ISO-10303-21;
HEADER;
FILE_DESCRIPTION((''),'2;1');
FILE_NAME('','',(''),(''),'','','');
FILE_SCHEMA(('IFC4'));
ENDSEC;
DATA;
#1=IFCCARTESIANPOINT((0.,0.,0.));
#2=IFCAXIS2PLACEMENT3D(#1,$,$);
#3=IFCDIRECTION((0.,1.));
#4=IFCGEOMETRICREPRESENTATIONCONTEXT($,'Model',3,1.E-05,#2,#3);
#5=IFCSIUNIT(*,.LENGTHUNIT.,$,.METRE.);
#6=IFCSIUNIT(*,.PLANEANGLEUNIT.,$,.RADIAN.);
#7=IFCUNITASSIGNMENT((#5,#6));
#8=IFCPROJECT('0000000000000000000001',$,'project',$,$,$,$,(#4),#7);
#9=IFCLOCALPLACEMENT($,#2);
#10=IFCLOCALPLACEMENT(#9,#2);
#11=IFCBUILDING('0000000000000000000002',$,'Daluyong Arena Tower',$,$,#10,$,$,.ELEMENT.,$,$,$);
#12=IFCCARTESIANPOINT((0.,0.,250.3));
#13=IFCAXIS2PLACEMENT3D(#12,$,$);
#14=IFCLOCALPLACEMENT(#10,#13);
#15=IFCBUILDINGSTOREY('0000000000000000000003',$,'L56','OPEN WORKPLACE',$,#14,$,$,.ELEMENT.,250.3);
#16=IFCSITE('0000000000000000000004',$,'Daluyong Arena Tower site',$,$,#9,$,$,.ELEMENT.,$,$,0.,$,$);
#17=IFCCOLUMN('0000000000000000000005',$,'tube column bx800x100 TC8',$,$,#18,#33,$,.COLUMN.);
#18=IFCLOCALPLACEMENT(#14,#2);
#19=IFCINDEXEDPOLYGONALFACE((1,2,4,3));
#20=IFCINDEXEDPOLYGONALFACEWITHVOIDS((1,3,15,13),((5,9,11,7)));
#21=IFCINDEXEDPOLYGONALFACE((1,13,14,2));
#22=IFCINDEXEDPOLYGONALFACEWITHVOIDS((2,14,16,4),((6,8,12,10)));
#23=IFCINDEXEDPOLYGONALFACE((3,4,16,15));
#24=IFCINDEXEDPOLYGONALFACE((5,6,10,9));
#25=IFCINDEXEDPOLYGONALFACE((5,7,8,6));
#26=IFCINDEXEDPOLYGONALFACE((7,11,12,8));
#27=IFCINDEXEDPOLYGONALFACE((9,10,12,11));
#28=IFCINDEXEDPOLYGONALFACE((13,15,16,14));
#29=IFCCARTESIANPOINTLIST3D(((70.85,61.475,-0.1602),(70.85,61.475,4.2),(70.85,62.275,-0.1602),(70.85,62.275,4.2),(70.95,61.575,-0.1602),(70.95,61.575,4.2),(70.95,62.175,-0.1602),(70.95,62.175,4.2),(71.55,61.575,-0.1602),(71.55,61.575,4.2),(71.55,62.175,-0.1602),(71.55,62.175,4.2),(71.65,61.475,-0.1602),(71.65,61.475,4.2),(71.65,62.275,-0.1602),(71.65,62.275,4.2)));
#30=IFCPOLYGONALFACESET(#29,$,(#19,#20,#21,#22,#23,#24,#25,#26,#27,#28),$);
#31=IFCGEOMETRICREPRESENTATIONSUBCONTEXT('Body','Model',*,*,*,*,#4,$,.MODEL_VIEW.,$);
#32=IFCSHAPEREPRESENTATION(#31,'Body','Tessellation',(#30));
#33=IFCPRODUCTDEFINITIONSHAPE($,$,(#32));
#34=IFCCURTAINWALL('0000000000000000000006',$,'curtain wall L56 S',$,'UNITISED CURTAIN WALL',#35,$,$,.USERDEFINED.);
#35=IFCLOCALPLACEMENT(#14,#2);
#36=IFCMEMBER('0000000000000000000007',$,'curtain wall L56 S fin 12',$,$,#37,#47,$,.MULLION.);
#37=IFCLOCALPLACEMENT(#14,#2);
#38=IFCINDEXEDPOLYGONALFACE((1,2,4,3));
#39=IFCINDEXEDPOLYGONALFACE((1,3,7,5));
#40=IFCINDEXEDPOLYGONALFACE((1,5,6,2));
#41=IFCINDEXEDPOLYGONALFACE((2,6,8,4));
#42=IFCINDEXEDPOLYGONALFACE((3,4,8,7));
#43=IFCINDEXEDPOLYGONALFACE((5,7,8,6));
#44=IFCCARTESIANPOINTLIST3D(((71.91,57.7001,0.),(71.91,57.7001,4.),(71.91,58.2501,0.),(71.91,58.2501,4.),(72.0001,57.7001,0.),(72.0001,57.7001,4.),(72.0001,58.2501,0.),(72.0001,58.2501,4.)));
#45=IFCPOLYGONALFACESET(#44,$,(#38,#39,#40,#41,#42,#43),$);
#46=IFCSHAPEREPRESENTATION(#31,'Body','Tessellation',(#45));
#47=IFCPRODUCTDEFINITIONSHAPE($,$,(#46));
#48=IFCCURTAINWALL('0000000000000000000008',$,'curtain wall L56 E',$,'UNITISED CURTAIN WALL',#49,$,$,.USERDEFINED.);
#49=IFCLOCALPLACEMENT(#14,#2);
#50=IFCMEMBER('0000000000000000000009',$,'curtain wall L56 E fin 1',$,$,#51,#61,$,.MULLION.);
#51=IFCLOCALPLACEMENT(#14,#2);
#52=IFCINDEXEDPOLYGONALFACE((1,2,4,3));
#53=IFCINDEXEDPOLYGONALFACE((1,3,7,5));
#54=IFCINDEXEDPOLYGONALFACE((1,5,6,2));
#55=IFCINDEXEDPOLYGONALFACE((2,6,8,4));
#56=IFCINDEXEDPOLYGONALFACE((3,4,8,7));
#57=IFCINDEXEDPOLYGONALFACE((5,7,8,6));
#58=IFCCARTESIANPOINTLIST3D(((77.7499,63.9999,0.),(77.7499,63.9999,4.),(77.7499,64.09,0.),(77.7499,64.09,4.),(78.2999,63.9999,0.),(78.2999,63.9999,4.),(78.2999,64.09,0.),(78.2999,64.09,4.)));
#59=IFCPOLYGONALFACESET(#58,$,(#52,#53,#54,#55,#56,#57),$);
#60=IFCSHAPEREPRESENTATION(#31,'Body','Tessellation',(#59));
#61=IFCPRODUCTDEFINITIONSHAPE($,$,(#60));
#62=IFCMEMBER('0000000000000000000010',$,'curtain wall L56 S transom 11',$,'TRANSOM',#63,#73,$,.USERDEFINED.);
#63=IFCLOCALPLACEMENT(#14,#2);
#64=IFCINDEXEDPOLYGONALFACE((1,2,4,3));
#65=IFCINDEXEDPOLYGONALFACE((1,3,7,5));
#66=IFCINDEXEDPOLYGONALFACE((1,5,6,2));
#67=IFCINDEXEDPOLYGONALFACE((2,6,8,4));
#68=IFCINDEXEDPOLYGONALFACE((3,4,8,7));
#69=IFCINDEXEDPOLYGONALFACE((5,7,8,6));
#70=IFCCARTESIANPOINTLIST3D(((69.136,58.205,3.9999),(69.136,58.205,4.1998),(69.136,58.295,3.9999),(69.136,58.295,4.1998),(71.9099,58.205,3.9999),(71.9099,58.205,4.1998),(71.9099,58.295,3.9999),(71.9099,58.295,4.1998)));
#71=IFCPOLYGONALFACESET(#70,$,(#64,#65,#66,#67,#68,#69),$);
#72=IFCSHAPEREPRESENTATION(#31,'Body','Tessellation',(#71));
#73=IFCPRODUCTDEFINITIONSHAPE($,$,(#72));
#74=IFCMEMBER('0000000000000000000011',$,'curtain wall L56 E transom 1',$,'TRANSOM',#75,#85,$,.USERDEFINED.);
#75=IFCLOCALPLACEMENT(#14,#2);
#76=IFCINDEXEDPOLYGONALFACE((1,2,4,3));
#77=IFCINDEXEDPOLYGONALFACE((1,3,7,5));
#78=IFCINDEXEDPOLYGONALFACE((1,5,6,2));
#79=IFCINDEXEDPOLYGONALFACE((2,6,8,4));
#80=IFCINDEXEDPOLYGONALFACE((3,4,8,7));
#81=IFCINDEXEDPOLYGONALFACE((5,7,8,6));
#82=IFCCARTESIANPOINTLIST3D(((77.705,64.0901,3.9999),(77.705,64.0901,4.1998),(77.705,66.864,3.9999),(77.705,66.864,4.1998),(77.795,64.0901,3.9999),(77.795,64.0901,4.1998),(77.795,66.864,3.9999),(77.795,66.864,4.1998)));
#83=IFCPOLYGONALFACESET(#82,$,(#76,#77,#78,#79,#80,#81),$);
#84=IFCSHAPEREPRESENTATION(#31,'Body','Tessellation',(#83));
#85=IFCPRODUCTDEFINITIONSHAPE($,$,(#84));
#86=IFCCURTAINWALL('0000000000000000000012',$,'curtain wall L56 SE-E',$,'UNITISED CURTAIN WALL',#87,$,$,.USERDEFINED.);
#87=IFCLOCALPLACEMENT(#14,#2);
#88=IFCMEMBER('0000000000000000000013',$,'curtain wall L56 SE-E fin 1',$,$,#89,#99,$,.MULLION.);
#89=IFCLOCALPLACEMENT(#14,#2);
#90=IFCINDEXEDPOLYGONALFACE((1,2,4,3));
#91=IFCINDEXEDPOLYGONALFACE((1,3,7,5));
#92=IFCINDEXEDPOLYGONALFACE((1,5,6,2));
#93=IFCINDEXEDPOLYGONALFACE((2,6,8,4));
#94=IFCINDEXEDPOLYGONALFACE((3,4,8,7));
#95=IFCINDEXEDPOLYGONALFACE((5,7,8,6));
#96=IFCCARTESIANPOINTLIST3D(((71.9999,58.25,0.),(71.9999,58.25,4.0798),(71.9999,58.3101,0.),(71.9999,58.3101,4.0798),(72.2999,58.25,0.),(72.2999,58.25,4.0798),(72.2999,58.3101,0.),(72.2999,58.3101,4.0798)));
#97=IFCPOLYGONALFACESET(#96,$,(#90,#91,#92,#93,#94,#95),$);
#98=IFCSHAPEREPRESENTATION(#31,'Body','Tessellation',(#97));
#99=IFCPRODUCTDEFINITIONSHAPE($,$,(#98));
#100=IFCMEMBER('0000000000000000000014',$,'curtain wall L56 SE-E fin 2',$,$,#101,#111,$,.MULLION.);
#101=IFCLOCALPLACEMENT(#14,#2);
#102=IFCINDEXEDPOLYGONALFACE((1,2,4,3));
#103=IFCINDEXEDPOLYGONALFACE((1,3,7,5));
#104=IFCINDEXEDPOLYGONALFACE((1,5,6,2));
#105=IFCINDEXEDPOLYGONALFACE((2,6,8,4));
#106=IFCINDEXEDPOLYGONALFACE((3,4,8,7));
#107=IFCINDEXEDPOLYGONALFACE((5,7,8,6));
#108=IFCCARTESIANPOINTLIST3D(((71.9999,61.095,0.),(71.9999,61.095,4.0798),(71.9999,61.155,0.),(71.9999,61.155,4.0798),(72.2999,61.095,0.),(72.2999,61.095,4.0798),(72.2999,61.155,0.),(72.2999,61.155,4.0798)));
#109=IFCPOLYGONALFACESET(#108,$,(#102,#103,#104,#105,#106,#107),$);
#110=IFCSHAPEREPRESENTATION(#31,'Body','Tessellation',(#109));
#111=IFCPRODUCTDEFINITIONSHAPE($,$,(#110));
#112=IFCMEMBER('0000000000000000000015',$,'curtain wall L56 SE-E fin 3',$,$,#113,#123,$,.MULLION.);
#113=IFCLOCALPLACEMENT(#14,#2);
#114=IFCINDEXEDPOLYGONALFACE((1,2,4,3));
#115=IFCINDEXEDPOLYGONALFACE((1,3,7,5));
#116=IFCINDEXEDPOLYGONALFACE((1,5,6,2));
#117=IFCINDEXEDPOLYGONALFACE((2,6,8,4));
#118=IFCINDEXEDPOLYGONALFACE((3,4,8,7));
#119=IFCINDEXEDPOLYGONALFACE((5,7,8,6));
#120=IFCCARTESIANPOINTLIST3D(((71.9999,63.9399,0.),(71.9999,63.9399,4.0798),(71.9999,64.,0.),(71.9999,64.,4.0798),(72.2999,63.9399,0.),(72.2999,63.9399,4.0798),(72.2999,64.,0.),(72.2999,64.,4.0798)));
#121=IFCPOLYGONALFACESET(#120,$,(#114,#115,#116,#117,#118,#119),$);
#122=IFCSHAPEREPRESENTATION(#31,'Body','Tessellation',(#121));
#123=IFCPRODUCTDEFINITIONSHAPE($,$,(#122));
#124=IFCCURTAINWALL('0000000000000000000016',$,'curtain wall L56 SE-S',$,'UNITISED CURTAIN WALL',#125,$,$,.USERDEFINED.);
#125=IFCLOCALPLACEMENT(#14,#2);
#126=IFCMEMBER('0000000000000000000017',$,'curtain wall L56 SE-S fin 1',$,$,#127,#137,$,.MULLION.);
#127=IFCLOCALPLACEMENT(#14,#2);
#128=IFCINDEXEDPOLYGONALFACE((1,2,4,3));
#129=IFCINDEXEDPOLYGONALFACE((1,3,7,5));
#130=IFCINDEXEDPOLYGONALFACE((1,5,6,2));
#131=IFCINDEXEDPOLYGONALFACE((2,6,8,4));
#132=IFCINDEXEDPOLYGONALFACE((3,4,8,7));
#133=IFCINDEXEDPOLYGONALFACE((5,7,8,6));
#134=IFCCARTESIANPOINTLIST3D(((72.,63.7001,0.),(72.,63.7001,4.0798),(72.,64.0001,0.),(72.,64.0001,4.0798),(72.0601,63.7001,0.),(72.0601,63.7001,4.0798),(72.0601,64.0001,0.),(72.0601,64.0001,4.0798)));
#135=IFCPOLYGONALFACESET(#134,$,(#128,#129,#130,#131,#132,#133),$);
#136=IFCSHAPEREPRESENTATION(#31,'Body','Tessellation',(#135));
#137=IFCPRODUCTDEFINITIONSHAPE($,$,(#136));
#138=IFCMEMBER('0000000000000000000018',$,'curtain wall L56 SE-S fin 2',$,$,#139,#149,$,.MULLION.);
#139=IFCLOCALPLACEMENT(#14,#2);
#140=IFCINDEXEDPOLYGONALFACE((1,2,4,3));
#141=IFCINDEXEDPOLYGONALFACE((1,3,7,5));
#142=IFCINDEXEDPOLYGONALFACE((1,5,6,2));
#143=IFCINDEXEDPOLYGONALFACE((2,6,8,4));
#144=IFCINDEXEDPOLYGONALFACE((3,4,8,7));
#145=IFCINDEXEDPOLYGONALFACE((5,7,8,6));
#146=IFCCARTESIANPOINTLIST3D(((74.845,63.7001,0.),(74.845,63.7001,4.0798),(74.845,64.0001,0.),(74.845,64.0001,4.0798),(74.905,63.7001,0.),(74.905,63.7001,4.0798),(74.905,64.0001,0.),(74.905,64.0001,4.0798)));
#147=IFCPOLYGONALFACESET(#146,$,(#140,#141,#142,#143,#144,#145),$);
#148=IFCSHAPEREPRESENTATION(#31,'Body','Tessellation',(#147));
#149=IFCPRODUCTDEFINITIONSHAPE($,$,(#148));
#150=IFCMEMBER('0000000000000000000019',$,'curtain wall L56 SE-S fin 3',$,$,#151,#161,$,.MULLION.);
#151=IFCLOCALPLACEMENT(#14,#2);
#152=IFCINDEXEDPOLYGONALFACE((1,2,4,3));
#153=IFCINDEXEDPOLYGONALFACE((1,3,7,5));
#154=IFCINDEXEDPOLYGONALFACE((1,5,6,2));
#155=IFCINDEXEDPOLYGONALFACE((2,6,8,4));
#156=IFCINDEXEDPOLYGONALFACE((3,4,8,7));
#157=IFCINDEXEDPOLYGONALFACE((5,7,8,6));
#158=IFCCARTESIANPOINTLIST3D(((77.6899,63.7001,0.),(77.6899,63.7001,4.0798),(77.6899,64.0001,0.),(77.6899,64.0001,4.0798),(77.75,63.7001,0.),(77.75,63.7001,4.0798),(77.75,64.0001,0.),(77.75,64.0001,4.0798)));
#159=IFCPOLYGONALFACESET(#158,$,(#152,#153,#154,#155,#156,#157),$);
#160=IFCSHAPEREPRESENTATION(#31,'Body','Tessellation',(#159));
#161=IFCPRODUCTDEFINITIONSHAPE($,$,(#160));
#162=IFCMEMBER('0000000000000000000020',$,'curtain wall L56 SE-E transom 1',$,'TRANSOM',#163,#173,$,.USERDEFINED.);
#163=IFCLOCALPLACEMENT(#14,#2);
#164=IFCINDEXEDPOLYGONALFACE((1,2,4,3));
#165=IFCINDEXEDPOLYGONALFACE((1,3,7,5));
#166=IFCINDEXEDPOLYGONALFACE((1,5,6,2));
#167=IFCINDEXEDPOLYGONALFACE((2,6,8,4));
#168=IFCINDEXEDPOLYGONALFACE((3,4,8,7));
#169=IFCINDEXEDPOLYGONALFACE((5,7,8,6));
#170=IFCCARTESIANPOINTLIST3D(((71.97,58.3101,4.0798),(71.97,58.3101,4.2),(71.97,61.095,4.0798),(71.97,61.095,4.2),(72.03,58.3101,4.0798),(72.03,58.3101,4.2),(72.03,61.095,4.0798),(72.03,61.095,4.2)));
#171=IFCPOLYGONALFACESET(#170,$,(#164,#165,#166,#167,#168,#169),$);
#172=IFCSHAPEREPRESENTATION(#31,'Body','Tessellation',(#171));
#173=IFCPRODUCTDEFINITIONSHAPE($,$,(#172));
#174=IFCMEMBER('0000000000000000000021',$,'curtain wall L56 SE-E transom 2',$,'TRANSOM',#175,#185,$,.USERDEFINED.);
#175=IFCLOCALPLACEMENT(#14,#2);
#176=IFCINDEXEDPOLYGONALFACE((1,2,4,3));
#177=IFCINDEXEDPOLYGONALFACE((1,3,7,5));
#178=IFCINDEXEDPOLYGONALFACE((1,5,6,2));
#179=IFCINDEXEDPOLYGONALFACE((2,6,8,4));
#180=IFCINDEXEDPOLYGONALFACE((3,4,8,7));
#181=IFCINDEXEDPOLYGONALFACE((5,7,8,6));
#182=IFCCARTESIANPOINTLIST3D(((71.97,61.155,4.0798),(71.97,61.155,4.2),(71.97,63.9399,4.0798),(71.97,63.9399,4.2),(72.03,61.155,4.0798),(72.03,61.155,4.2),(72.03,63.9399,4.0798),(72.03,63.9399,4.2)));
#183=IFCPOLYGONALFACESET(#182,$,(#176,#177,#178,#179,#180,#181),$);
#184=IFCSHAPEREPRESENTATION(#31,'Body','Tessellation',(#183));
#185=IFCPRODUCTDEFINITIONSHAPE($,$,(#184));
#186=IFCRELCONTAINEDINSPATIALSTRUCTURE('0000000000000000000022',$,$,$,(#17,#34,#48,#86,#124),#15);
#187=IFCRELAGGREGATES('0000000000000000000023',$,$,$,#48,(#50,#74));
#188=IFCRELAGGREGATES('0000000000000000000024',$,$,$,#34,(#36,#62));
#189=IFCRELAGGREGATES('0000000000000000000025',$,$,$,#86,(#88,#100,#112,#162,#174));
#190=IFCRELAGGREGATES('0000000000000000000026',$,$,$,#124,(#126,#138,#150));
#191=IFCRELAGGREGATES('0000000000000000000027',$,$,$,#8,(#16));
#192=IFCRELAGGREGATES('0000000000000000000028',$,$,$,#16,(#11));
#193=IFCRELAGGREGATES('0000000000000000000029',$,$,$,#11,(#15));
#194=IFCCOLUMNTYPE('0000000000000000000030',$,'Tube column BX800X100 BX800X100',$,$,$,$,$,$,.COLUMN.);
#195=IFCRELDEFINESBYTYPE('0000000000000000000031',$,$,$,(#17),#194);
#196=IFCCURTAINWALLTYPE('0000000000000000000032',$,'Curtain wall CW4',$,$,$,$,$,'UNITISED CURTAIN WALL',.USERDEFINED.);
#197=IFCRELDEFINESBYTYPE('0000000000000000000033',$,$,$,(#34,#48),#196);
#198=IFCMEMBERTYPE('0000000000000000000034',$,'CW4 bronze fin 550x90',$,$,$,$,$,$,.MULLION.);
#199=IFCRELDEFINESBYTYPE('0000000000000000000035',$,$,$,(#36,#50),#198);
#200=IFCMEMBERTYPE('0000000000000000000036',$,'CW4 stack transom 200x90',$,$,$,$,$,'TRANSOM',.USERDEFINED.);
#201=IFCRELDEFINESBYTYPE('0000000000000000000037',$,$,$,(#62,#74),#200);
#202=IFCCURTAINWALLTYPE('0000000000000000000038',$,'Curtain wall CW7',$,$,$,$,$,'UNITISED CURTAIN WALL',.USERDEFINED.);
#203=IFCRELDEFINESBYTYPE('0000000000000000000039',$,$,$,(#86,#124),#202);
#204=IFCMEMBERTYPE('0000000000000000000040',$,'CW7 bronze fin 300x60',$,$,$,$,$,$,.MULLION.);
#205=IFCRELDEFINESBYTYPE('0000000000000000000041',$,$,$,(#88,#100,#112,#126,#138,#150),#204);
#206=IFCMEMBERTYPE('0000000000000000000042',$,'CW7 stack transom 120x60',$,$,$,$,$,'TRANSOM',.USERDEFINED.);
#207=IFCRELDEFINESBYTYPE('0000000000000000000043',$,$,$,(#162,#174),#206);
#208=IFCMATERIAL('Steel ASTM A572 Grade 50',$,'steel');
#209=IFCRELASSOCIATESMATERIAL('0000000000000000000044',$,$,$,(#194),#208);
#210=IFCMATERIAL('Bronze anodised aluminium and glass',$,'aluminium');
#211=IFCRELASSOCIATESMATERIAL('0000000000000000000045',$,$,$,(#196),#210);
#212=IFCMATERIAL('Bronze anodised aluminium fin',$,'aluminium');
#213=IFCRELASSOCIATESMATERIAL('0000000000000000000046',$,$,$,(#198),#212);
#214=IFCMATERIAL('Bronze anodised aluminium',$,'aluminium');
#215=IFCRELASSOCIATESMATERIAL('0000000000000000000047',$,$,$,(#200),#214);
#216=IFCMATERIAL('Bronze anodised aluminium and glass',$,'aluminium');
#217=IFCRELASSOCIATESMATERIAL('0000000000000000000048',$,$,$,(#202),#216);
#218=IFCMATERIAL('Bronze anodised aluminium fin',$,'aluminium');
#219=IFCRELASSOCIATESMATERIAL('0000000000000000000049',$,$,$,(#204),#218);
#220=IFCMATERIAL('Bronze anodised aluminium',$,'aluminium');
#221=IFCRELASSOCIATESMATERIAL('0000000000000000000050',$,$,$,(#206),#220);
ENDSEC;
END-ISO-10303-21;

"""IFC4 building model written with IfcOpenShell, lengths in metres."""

from ifc_helpers import new_model, si_unit, direction, frame, origin, origin_2d, place, context, subcontext, project, spatial, rectangle, hollow_rectangle, extrude, material, material_profile, profile_set, type_object, element, aggregate, save


model = new_model("IFC4")

# Units and contexts
model_context = context("Model", 3, precision=1e-05, world=origin(), true_north=direction((0.0, 1.0)))
body_context = subcontext(model_context, "Body", "Model", "MODEL_VIEW")
ifc_project = project(units=[si_unit("LENGTHUNIT", "METRE"), si_unit("PLANEANGLEUNIT", "RADIAN")], contexts=[model_context])

# Site, building, storey
site_placement = place(None, origin())
site = spatial("IfcSite", under=ifc_project, at=site_placement, Name="Daluyong Arena Tower site", CompositionType="ELEMENT", RefElevation=0.0)
building_placement = place(site_placement, origin())
building = spatial("IfcBuilding", under=site, at=building_placement, Name="Daluyong Arena Tower", CompositionType="ELEMENT")
storey_placement = place(building_placement, frame((0.0, 0.0, 250.3)))
storey = spatial("IfcBuildingStorey", under=building, at=storey_placement, Name="L56", Description="OPEN WORKPLACE", CompositionType="ELEMENT", Elevation=250.3)

# Column
ifc_material_1 = material(Name="Steel ASTM A572 Grade 50", Category="steel")
ifc_material_profile_1 = material_profile(ifc_material_1, hollow_rectangle(XDim=0.8, YDim=0.8, WallThickness=0.1, at=origin_2d()))
ifc_profile_set_1 = profile_set([ifc_material_profile_1], Name="Steel ASTM A572 Grade 50")
column_type_1 = type_object("IfcColumnType", Name="Tube column BX800X100 BX800X100", PredefinedType="COLUMN", material=ifc_profile_set_1)
column_1_placement = place(storey_placement, frame((71.25, 61.875, -0.1602), z_axis=(0.0, 0.0, 1.0), x_axis=(0.0, 1.0, 0.0)))
element("IfcColumn", 1, at=column_1_placement, inside=storey, type_object=column_type_1, Name="tube column bx800x100 TC8", PredefinedType="COLUMN", context=body_context, shape_type="SweptSolid", body=[
    extrude(hollow_rectangle(XDim=0.8, YDim=0.8, WallThickness=0.1, at=origin_2d()), origin(), (0.0, 0.0, 1.0), 4.3601),
])

# Curtain walls, members
ifc_material_2 = material(Name="Bronze anodised aluminium and glass", Category="aluminium")
curtain_wall_type_1 = type_object("IfcCurtainWallType", Name="Curtain wall CW4", ElementType="UNITISED CURTAIN WALL", PredefinedType="USERDEFINED", material=ifc_material_2)
curtain_wall_1_placement = place(storey_placement, origin())
curtain_wall_1 = element("IfcCurtainWall", 2, at=curtain_wall_1_placement, inside=storey, type_object=curtain_wall_type_1, Name="curtain wall L56 S", ObjectType="UNITISED CURTAIN WALL", PredefinedType="USERDEFINED")
ifc_material_3 = material(Name="Bronze anodised aluminium fin", Category="aluminium")
ifc_material_profile_2 = material_profile(ifc_material_3, rectangle(XDim=0.55, YDim=0.0901, at=origin_2d()))
ifc_profile_set_2 = profile_set([ifc_material_profile_2], Name="Bronze anodised aluminium fin")
member_type_1 = type_object("IfcMemberType", Name="CW4 bronze fin 550x90", PredefinedType="MULLION", material=ifc_profile_set_2)
member_1_placement = place(storey_placement, frame((71.9551, 57.9751, 0.0), z_axis=(0.0, 0.0, 1.0), x_axis=(0.0, 1.0, 0.0)))
member_1 = element("IfcMember", 3, at=member_1_placement, type_object=member_type_1, Name="curtain wall L56 S fin 12", PredefinedType="MULLION", context=body_context, shape_type="SweptSolid", body=[
    extrude(rectangle(XDim=0.55, YDim=0.0901, at=origin_2d()), origin(), (0.0, 0.0, 1.0), 4.0),
])
curtain_wall_2_placement = place(storey_placement, origin())
curtain_wall_2 = element("IfcCurtainWall", 4, at=curtain_wall_2_placement, inside=storey, type_object=curtain_wall_type_1, Name="curtain wall L56 E", ObjectType="UNITISED CURTAIN WALL", PredefinedType="USERDEFINED")
member_2_placement = place(storey_placement, frame((78.0249, 64.0449, 0.0), z_axis=(0.0, 0.0, 1.0), x_axis=(-1.0, 0.0, 0.0)))
member_2 = element("IfcMember", 5, at=member_2_placement, type_object=member_type_1, Name="curtain wall L56 E fin 1", PredefinedType="MULLION", context=body_context, shape_type="SweptSolid", body=[
    extrude(rectangle(XDim=0.55, YDim=0.0901, at=origin_2d()), origin(), (0.0, 0.0, 1.0), 4.0),
])

# Members
ifc_material_4 = material(Name="Bronze anodised aluminium", Category="aluminium")
ifc_material_profile_3 = material_profile(ifc_material_4, rectangle(XDim=0.0901, YDim=0.2, at=origin_2d()))
ifc_profile_set_3 = profile_set([ifc_material_profile_3], Name="Bronze anodised aluminium")
member_type_2 = type_object("IfcMemberType", Name="CW4 stack transom 200x90", ElementType="TRANSOM", PredefinedType="USERDEFINED", material=ifc_profile_set_3)
member_3_placement = place(storey_placement, frame((69.136, 58.25, 4.0999), z_axis=(1.0, 0.0, 0.0), x_axis=(0.0, 1.0, 0.0)))
member_3 = element("IfcMember", 6, at=member_3_placement, type_object=member_type_2, Name="curtain wall L56 S transom 11", ObjectType="TRANSOM", PredefinedType="USERDEFINED", context=body_context, shape_type="SweptSolid", body=[
    extrude(rectangle(XDim=0.0901, YDim=0.2, at=origin_2d()), origin(), (0.0, 0.0, 1.0), 2.7739),
])
member_4_placement = place(storey_placement, frame((77.75, 64.0901, 4.0999), z_axis=(0.0, 1.0, 0.0), x_axis=(-1.0, 0.0, 0.0)))
member_4 = element("IfcMember", 7, at=member_4_placement, type_object=member_type_2, Name="curtain wall L56 E transom 1", ObjectType="TRANSOM", PredefinedType="USERDEFINED", context=body_context, shape_type="SweptSolid", body=[
    extrude(rectangle(XDim=0.0901, YDim=0.2, at=origin_2d()), origin(), (0.0, 0.0, 1.0), 2.7739),
])
aggregate(curtain_wall_2, [member_2, member_4])

# Curtain walls, members
ifc_material_5 = material(Name="Bronze anodised aluminium and glass", Category="aluminium")
curtain_wall_type_2 = type_object("IfcCurtainWallType", Name="Curtain wall CW7", ElementType="UNITISED CURTAIN WALL", PredefinedType="USERDEFINED", material=ifc_material_5)
curtain_wall_3_placement = place(storey_placement, origin())
curtain_wall_3 = element("IfcCurtainWall", 8, at=curtain_wall_3_placement, inside=storey, type_object=curtain_wall_type_2, Name="curtain wall L56 SE-E", ObjectType="UNITISED CURTAIN WALL", PredefinedType="USERDEFINED")
ifc_material_6 = material(Name="Bronze anodised aluminium fin", Category="aluminium")
ifc_material_profile_4 = material_profile(ifc_material_6, rectangle(XDim=0.3, YDim=0.0601, at=origin_2d()))
ifc_profile_set_4 = profile_set([ifc_material_profile_4], Name="Bronze anodised aluminium fin")
member_type_3 = type_object("IfcMemberType", Name="CW7 bronze fin 300x60", PredefinedType="MULLION", material=ifc_profile_set_4)
member_5_placement = place(storey_placement, frame((72.1499, 58.28, 0.0), z_axis=(0.0, 0.0, 1.0), x_axis=(-1.0, 0.0, 0.0)))
member_5 = element("IfcMember", 9, at=member_5_placement, type_object=member_type_3, Name="curtain wall L56 SE-E fin 1", PredefinedType="MULLION", context=body_context, shape_type="SweptSolid", body=[
    extrude(rectangle(XDim=0.3, YDim=0.0601, at=origin_2d()), origin(), (0.0, 0.0, 1.0), 4.0798),
])
member_6_placement = place(storey_placement, frame((72.1499, 61.125, 0.0), z_axis=(0.0, 0.0, 1.0), x_axis=(-1.0, 0.0, 0.0)))
member_6 = element("IfcMember", 10, at=member_6_placement, type_object=member_type_3, Name="curtain wall L56 SE-E fin 2", PredefinedType="MULLION", context=body_context, shape_type="SweptSolid", body=[
    extrude(rectangle(XDim=0.3, YDim=0.0601, at=origin_2d()), origin(), (0.0, 0.0, 1.0), 4.0798),
])
member_7_placement = place(storey_placement, frame((72.1499, 63.97, 0.0), z_axis=(0.0, 0.0, 1.0), x_axis=(-1.0, 0.0, 0.0)))
member_7 = element("IfcMember", 11, at=member_7_placement, type_object=member_type_3, Name="curtain wall L56 SE-E fin 3", PredefinedType="MULLION", context=body_context, shape_type="SweptSolid", body=[
    extrude(rectangle(XDim=0.3, YDim=0.0601, at=origin_2d()), origin(), (0.0, 0.0, 1.0), 4.0798),
])
curtain_wall_4_placement = place(storey_placement, origin())
curtain_wall_4 = element("IfcCurtainWall", 12, at=curtain_wall_4_placement, inside=storey, type_object=curtain_wall_type_2, Name="curtain wall L56 SE-S", ObjectType="UNITISED CURTAIN WALL", PredefinedType="USERDEFINED")
member_8_placement = place(storey_placement, frame((72.03, 63.8501, 0.0), z_axis=(0.0, 0.0, 1.0), x_axis=(0.0, 1.0, 0.0)))
member_8 = element("IfcMember", 13, at=member_8_placement, type_object=member_type_3, Name="curtain wall L56 SE-S fin 1", PredefinedType="MULLION", context=body_context, shape_type="SweptSolid", body=[
    extrude(rectangle(XDim=0.3, YDim=0.0601, at=origin_2d()), origin(), (0.0, 0.0, 1.0), 4.0798),
])
member_9_placement = place(storey_placement, frame((74.875, 63.8501, 0.0), z_axis=(0.0, 0.0, 1.0), x_axis=(0.0, 1.0, 0.0)))
member_9 = element("IfcMember", 14, at=member_9_placement, type_object=member_type_3, Name="curtain wall L56 SE-S fin 2", PredefinedType="MULLION", context=body_context, shape_type="SweptSolid", body=[
    extrude(rectangle(XDim=0.3, YDim=0.0601, at=origin_2d()), origin(), (0.0, 0.0, 1.0), 4.0798),
])
member_10_placement = place(storey_placement, frame((77.72, 63.8501, 0.0), z_axis=(0.0, 0.0, 1.0), x_axis=(0.0, 1.0, 0.0)))
member_10 = element("IfcMember", 15, at=member_10_placement, type_object=member_type_3, Name="curtain wall L56 SE-S fin 3", PredefinedType="MULLION", context=body_context, shape_type="SweptSolid", body=[
    extrude(rectangle(XDim=0.3, YDim=0.0601, at=origin_2d()), origin(), (0.0, 0.0, 1.0), 4.0798),
])

# Members
ifc_material_7 = material(Name="Bronze anodised aluminium", Category="aluminium")
ifc_material_profile_5 = material_profile(ifc_material_7, rectangle(XDim=0.0601, YDim=0.1201, at=origin_2d()))
ifc_profile_set_5 = profile_set([ifc_material_profile_5], Name="Bronze anodised aluminium")
member_type_4 = type_object("IfcMemberType", Name="CW7 stack transom 120x60", ElementType="TRANSOM", PredefinedType="USERDEFINED", material=ifc_profile_set_5)
member_11_placement = place(storey_placement, frame((72.0, 58.3101, 4.1399), z_axis=(0.0, 1.0, 0.0), x_axis=(-1.0, 0.0, 0.0)))
member_11 = element("IfcMember", 16, at=member_11_placement, type_object=member_type_4, Name="curtain wall L56 SE-E transom 1", ObjectType="TRANSOM", PredefinedType="USERDEFINED", context=body_context, shape_type="SweptSolid", body=[
    extrude(rectangle(XDim=0.0601, YDim=0.1201, at=origin_2d()), origin(), (0.0, 0.0, 1.0), 2.7849),
])
member_12_placement = place(storey_placement, frame((72.0, 61.155, 4.1399), z_axis=(0.0, 1.0, 0.0), x_axis=(-1.0, 0.0, 0.0)))
member_12 = element("IfcMember", 17, at=member_12_placement, type_object=member_type_4, Name="curtain wall L56 SE-E transom 2", ObjectType="TRANSOM", PredefinedType="USERDEFINED", context=body_context, shape_type="SweptSolid", body=[
    extrude(rectangle(XDim=0.0601, YDim=0.1201, at=origin_2d()), origin(), (0.0, 0.0, 1.0), 2.7849),
])

aggregate(curtain_wall_1, [member_1, member_3])
aggregate(curtain_wall_3, [member_5, member_6, member_7, member_11, member_12])
aggregate(curtain_wall_4, [member_8, member_9, member_10])

save(model, "model.ifc")
